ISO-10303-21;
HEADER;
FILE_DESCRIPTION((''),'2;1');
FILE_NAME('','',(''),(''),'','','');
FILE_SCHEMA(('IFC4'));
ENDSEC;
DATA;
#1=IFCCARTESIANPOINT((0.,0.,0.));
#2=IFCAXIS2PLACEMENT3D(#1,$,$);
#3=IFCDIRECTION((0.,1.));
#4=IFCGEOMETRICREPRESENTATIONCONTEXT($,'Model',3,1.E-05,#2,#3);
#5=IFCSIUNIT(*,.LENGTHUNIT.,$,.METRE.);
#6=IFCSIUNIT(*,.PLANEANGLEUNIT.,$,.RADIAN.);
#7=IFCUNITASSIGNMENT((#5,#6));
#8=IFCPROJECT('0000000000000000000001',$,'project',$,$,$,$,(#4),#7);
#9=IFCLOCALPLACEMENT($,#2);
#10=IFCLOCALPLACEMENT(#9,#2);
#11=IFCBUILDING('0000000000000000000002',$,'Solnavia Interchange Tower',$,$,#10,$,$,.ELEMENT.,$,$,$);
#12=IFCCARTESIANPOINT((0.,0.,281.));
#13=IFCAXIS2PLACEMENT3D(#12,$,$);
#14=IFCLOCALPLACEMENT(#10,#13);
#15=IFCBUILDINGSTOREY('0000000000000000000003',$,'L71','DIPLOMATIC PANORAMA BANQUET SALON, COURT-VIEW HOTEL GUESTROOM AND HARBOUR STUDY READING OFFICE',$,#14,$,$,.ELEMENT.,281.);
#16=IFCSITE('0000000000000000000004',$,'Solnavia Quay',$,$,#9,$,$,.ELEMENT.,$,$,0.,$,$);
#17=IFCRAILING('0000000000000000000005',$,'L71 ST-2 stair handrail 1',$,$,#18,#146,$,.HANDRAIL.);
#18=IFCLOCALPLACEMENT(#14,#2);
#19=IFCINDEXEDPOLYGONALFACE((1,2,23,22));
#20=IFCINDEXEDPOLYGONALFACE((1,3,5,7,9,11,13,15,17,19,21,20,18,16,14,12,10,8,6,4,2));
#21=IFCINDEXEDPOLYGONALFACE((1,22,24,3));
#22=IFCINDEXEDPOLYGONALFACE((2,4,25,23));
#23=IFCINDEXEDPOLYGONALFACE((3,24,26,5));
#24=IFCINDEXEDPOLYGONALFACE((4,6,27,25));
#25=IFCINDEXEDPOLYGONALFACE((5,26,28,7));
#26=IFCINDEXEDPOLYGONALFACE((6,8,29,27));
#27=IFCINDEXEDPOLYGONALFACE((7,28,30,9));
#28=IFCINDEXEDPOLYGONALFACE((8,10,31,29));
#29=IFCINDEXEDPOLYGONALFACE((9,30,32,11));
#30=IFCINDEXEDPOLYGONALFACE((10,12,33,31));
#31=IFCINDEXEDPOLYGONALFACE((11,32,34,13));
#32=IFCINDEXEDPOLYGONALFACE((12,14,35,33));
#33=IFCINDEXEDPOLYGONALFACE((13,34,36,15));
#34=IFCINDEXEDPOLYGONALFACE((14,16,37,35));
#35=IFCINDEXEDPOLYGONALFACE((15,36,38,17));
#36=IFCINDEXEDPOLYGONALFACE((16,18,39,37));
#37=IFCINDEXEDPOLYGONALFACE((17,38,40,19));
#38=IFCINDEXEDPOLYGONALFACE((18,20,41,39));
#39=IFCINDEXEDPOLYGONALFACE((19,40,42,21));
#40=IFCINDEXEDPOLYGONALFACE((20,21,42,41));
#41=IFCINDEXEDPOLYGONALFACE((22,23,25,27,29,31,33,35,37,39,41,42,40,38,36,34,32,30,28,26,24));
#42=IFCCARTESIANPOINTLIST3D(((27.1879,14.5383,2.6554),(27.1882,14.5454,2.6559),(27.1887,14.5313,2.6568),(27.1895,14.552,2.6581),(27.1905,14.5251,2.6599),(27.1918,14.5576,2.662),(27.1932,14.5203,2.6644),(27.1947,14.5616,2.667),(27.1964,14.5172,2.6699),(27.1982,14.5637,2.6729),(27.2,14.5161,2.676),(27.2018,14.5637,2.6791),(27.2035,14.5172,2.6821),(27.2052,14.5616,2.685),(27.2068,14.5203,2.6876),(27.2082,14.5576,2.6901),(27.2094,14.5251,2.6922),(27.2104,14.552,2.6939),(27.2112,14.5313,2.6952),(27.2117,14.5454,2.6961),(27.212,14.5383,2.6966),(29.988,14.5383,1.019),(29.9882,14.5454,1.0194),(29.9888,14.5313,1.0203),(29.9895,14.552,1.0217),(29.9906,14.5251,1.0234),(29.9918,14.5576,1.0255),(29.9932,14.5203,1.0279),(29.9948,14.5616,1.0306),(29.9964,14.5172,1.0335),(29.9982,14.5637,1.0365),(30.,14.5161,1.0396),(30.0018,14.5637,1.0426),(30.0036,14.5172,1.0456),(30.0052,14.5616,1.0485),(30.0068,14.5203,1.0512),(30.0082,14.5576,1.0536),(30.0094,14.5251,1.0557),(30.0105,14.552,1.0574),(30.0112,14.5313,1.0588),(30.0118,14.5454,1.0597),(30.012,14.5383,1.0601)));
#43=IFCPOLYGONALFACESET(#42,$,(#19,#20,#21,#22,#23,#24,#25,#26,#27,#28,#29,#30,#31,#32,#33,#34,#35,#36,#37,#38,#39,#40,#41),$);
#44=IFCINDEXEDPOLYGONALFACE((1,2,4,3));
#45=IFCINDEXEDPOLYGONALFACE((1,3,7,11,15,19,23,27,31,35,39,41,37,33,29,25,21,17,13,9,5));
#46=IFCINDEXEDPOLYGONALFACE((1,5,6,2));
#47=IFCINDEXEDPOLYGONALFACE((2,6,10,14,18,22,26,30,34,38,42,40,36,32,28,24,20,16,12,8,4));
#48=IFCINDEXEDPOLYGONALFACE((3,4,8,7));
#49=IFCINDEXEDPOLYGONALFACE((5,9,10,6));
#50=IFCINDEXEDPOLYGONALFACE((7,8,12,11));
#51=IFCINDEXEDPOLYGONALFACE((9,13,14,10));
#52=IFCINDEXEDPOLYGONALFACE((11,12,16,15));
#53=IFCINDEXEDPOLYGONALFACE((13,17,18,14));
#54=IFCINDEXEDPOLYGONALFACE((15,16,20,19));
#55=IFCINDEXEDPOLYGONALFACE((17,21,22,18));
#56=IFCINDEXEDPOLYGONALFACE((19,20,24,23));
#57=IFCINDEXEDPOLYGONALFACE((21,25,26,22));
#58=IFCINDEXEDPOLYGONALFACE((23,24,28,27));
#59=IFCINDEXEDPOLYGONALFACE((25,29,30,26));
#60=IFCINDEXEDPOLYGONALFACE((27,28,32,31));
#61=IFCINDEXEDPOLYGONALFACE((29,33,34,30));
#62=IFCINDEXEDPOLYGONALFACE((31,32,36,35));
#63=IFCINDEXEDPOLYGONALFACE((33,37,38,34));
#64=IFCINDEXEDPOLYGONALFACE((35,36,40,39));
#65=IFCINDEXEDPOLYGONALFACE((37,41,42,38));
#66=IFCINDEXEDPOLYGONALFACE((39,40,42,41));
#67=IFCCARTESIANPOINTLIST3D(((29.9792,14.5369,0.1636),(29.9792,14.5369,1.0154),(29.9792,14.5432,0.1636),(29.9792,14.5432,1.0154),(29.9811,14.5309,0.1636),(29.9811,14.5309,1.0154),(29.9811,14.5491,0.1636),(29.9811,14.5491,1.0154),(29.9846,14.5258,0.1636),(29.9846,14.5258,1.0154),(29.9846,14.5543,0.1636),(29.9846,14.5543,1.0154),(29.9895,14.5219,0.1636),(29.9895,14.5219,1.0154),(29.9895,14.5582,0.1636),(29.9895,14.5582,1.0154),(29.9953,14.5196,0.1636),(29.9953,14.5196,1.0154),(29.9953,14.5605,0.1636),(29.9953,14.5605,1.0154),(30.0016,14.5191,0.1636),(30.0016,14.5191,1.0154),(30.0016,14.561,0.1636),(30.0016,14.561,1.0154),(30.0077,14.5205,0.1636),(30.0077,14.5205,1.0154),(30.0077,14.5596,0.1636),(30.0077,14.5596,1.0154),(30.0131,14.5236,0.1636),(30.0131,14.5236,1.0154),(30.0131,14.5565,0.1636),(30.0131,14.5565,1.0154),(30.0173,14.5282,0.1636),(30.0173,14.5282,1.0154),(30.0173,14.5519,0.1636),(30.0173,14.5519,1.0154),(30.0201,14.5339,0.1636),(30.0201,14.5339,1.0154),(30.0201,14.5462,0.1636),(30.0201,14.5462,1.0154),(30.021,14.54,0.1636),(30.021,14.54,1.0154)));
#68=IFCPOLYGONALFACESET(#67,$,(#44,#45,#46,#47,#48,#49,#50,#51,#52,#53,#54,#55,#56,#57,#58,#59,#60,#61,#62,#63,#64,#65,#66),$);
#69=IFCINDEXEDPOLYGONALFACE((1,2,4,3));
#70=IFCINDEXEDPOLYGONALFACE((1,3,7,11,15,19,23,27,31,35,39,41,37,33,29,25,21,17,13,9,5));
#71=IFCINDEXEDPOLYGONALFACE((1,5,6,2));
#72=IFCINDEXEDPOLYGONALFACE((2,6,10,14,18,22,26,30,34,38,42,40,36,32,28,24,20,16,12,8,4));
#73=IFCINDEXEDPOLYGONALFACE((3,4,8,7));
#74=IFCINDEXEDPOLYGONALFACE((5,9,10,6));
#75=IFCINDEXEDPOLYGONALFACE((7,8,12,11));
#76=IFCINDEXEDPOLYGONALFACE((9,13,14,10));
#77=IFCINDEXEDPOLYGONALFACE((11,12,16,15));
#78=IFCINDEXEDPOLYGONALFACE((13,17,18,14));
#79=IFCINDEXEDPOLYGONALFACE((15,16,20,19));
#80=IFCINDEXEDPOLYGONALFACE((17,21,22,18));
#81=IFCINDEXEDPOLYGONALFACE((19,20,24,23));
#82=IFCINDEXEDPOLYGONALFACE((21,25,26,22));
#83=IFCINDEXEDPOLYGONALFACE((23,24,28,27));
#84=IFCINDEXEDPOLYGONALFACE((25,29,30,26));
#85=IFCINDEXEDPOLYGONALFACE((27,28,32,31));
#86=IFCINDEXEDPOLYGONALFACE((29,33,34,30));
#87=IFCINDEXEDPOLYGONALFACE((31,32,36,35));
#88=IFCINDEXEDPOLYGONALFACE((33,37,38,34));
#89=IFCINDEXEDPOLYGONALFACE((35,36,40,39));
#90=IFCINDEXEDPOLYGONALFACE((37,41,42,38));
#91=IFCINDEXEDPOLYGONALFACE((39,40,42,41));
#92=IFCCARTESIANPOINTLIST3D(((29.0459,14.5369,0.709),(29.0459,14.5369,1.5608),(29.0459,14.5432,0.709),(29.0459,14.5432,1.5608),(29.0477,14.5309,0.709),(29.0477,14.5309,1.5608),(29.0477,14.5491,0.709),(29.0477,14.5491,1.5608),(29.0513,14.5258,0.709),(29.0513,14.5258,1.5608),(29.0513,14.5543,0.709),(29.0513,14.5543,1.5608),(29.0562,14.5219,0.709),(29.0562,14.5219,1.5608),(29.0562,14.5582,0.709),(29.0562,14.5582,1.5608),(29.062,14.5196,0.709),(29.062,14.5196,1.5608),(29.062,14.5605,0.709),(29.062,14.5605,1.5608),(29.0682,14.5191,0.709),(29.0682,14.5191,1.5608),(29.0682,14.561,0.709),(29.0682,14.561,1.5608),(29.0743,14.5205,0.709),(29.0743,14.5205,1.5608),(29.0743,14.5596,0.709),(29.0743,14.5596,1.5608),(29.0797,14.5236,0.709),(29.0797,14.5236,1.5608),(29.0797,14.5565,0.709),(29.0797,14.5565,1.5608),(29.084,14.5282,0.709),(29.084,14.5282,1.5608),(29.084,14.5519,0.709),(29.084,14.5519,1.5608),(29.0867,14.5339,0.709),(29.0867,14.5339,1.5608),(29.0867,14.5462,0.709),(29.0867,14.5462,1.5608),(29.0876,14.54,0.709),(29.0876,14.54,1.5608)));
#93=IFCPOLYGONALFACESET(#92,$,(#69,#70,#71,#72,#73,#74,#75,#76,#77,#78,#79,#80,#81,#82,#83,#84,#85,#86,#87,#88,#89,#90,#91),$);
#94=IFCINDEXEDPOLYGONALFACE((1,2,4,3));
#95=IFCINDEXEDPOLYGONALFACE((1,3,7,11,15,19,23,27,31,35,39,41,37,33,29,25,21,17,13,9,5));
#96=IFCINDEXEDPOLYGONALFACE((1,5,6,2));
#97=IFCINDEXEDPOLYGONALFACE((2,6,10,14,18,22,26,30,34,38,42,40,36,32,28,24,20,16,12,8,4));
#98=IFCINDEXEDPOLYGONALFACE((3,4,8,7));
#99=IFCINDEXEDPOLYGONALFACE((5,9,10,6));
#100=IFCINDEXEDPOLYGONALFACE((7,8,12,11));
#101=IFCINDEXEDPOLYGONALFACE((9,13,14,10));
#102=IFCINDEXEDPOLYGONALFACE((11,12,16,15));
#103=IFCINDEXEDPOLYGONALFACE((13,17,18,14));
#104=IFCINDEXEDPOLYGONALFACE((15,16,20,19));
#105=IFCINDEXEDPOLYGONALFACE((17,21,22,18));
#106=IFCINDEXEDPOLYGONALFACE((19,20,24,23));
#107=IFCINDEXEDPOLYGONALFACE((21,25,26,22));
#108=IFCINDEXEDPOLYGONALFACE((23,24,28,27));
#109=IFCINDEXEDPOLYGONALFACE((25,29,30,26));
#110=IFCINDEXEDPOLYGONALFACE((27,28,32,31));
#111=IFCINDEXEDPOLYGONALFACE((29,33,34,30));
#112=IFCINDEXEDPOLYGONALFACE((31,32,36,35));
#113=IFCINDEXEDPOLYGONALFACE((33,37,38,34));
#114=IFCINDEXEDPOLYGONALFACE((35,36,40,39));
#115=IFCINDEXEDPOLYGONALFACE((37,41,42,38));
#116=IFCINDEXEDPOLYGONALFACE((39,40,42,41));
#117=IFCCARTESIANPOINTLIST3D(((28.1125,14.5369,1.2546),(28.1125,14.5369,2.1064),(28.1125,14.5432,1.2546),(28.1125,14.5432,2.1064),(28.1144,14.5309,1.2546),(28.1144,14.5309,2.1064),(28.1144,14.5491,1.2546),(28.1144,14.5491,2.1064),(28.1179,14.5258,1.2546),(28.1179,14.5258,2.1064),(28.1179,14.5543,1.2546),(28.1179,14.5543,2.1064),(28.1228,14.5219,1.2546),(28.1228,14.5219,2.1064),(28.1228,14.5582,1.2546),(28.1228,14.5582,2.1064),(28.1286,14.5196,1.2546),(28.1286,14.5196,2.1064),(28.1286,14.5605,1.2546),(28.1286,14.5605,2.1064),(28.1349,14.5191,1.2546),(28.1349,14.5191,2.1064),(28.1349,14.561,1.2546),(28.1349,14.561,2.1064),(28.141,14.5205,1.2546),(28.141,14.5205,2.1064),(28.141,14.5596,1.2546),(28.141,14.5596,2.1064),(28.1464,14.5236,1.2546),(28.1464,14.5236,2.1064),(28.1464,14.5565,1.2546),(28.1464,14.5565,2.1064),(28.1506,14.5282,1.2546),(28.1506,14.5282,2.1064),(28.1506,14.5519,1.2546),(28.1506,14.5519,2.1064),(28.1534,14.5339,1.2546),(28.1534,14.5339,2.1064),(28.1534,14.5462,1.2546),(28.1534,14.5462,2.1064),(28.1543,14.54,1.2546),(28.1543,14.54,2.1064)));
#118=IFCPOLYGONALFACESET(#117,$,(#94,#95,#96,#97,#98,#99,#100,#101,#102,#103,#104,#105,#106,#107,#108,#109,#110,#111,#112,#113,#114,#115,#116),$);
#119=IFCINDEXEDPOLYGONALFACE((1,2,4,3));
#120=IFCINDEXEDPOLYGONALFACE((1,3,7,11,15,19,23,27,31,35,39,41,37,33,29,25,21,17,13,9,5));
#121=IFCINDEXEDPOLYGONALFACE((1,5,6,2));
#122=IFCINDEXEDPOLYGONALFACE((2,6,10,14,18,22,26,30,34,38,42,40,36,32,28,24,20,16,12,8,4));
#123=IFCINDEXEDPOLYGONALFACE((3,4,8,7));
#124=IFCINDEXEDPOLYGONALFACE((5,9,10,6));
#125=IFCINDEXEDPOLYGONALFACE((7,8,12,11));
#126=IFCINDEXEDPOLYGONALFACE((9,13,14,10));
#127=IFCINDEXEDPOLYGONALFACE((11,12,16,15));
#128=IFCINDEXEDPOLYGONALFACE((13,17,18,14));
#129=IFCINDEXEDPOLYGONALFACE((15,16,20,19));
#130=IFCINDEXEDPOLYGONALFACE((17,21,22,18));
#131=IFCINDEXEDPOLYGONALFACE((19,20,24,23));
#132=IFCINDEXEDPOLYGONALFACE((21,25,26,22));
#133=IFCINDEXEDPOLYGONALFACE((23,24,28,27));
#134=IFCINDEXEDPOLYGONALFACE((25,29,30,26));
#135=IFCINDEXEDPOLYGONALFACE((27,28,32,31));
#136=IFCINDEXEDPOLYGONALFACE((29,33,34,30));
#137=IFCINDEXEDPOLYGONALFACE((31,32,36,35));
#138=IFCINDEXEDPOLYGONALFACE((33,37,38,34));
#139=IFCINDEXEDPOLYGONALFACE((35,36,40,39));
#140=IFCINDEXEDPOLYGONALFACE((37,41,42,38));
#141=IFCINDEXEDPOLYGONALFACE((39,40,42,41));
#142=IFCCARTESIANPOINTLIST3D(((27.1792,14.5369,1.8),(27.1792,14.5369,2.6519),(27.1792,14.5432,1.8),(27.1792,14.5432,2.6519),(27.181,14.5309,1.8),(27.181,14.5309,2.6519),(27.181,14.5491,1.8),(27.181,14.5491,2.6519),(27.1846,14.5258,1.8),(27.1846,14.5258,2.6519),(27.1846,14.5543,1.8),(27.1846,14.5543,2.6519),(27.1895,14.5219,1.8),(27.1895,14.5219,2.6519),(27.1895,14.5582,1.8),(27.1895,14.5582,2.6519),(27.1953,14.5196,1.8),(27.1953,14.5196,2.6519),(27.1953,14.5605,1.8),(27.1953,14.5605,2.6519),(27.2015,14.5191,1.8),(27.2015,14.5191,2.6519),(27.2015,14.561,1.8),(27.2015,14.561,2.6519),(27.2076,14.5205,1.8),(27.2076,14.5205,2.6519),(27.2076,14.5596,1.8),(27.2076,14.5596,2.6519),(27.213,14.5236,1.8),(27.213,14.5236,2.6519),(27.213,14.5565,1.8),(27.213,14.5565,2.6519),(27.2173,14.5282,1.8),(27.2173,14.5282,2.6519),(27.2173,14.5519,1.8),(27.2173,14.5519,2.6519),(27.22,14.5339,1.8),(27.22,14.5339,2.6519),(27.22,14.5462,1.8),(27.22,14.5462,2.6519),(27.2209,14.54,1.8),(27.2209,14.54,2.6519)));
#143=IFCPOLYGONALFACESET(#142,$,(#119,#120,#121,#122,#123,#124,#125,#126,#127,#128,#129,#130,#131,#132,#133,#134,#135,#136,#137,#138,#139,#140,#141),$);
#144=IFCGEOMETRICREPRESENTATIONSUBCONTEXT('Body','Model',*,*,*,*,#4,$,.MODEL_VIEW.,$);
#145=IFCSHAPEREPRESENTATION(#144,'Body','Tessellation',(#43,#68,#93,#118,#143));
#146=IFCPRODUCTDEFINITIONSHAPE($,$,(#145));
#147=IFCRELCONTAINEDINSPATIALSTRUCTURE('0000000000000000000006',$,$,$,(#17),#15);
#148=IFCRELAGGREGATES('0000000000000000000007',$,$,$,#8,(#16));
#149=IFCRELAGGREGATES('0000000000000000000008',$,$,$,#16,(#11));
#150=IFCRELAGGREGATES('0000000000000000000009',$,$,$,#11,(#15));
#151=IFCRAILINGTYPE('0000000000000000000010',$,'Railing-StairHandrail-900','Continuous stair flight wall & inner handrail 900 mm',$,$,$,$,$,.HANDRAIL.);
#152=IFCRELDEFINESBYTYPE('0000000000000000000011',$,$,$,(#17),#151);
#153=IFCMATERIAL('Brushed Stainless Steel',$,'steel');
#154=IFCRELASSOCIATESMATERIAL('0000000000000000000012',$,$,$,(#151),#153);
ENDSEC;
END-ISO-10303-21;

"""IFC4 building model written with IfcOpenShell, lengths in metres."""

from ifc_helpers import new_model, si_unit, direction, frame, origin, origin_2d, place, context, subcontext, project, spatial, circle, extrude, material, type_object, element, save


model = new_model("IFC4")

# Units and contexts
model_context = context("Model", 3, precision=1e-05, world=origin(), true_north=direction((0.0, 1.0)))
body_context = subcontext(model_context, "Body", "Model", "MODEL_VIEW")
ifc_project = project(units=[si_unit("LENGTHUNIT", "METRE"), si_unit("PLANEANGLEUNIT", "RADIAN")], contexts=[model_context])

# Site, building, storey
site_placement = place(None, origin())
site = spatial("IfcSite", under=ifc_project, at=site_placement, Name="Solnavia Quay", CompositionType="ELEMENT", RefElevation=0.0)
building_placement = place(site_placement, origin())
building = spatial("IfcBuilding", under=site, at=building_placement, Name="Solnavia Interchange Tower", CompositionType="ELEMENT")
storey_placement = place(building_placement, frame((0.0, 0.0, 281.0)))
storey = spatial("IfcBuildingStorey", under=building, at=storey_placement, Name="L71", Description="DIPLOMATIC PANORAMA BANQUET SALON, COURT-VIEW HOTEL GUESTROOM AND HARBOUR STUDY READING OFFICE", CompositionType="ELEMENT", Elevation=281.0)

# Railing
ifc_material_1 = material(Name="Brushed Stainless Steel", Category="steel")
railing_type = type_object("IfcRailingType", Name="Railing-StairHandrail-900", Description="Continuous stair flight wall & inner handrail 900 mm", PredefinedType="HANDRAIL", material=ifc_material_1)
railing_placement = place(storey_placement, frame((30.0, 14.54, 0.1636)))
element("IfcRailing", 1, at=railing_placement, inside=storey, type_object=railing_type, Name="L71 ST-2 stair handrail 1", PredefinedType="HANDRAIL", context=body_context, shape_type="SweptSolid", body=[
    extrude(circle(Radius=0.0239, at=origin_2d()), frame((0.0, 0.0, 0.876), z_axis=(-0.863361, 0.0, 0.504587), x_axis=(0.0, -1.0, 0.0)), (0.0, 0.0, 1.0), 3.2432),
    extrude(circle(Radius=0.021, at=origin_2d()), origin(), (0.0, 0.0, 1.0), 0.8518),
    extrude(circle(Radius=0.021, at=origin_2d()), frame((-0.9333, 0.0, 0.5454)), (0.0, 0.0, 1.0), 0.8518),
    extrude(circle(Radius=0.021, at=origin_2d()), frame((-1.8667, 0.0, 1.0911)), (0.0, 0.0, 1.0), 0.8518),
    extrude(circle(Radius=0.021, at=origin_2d()), frame((-2.8, 0.0, 1.6365)), (0.0, 0.0, 1.0), 0.8518),
])

save(model, "model.ifc")
